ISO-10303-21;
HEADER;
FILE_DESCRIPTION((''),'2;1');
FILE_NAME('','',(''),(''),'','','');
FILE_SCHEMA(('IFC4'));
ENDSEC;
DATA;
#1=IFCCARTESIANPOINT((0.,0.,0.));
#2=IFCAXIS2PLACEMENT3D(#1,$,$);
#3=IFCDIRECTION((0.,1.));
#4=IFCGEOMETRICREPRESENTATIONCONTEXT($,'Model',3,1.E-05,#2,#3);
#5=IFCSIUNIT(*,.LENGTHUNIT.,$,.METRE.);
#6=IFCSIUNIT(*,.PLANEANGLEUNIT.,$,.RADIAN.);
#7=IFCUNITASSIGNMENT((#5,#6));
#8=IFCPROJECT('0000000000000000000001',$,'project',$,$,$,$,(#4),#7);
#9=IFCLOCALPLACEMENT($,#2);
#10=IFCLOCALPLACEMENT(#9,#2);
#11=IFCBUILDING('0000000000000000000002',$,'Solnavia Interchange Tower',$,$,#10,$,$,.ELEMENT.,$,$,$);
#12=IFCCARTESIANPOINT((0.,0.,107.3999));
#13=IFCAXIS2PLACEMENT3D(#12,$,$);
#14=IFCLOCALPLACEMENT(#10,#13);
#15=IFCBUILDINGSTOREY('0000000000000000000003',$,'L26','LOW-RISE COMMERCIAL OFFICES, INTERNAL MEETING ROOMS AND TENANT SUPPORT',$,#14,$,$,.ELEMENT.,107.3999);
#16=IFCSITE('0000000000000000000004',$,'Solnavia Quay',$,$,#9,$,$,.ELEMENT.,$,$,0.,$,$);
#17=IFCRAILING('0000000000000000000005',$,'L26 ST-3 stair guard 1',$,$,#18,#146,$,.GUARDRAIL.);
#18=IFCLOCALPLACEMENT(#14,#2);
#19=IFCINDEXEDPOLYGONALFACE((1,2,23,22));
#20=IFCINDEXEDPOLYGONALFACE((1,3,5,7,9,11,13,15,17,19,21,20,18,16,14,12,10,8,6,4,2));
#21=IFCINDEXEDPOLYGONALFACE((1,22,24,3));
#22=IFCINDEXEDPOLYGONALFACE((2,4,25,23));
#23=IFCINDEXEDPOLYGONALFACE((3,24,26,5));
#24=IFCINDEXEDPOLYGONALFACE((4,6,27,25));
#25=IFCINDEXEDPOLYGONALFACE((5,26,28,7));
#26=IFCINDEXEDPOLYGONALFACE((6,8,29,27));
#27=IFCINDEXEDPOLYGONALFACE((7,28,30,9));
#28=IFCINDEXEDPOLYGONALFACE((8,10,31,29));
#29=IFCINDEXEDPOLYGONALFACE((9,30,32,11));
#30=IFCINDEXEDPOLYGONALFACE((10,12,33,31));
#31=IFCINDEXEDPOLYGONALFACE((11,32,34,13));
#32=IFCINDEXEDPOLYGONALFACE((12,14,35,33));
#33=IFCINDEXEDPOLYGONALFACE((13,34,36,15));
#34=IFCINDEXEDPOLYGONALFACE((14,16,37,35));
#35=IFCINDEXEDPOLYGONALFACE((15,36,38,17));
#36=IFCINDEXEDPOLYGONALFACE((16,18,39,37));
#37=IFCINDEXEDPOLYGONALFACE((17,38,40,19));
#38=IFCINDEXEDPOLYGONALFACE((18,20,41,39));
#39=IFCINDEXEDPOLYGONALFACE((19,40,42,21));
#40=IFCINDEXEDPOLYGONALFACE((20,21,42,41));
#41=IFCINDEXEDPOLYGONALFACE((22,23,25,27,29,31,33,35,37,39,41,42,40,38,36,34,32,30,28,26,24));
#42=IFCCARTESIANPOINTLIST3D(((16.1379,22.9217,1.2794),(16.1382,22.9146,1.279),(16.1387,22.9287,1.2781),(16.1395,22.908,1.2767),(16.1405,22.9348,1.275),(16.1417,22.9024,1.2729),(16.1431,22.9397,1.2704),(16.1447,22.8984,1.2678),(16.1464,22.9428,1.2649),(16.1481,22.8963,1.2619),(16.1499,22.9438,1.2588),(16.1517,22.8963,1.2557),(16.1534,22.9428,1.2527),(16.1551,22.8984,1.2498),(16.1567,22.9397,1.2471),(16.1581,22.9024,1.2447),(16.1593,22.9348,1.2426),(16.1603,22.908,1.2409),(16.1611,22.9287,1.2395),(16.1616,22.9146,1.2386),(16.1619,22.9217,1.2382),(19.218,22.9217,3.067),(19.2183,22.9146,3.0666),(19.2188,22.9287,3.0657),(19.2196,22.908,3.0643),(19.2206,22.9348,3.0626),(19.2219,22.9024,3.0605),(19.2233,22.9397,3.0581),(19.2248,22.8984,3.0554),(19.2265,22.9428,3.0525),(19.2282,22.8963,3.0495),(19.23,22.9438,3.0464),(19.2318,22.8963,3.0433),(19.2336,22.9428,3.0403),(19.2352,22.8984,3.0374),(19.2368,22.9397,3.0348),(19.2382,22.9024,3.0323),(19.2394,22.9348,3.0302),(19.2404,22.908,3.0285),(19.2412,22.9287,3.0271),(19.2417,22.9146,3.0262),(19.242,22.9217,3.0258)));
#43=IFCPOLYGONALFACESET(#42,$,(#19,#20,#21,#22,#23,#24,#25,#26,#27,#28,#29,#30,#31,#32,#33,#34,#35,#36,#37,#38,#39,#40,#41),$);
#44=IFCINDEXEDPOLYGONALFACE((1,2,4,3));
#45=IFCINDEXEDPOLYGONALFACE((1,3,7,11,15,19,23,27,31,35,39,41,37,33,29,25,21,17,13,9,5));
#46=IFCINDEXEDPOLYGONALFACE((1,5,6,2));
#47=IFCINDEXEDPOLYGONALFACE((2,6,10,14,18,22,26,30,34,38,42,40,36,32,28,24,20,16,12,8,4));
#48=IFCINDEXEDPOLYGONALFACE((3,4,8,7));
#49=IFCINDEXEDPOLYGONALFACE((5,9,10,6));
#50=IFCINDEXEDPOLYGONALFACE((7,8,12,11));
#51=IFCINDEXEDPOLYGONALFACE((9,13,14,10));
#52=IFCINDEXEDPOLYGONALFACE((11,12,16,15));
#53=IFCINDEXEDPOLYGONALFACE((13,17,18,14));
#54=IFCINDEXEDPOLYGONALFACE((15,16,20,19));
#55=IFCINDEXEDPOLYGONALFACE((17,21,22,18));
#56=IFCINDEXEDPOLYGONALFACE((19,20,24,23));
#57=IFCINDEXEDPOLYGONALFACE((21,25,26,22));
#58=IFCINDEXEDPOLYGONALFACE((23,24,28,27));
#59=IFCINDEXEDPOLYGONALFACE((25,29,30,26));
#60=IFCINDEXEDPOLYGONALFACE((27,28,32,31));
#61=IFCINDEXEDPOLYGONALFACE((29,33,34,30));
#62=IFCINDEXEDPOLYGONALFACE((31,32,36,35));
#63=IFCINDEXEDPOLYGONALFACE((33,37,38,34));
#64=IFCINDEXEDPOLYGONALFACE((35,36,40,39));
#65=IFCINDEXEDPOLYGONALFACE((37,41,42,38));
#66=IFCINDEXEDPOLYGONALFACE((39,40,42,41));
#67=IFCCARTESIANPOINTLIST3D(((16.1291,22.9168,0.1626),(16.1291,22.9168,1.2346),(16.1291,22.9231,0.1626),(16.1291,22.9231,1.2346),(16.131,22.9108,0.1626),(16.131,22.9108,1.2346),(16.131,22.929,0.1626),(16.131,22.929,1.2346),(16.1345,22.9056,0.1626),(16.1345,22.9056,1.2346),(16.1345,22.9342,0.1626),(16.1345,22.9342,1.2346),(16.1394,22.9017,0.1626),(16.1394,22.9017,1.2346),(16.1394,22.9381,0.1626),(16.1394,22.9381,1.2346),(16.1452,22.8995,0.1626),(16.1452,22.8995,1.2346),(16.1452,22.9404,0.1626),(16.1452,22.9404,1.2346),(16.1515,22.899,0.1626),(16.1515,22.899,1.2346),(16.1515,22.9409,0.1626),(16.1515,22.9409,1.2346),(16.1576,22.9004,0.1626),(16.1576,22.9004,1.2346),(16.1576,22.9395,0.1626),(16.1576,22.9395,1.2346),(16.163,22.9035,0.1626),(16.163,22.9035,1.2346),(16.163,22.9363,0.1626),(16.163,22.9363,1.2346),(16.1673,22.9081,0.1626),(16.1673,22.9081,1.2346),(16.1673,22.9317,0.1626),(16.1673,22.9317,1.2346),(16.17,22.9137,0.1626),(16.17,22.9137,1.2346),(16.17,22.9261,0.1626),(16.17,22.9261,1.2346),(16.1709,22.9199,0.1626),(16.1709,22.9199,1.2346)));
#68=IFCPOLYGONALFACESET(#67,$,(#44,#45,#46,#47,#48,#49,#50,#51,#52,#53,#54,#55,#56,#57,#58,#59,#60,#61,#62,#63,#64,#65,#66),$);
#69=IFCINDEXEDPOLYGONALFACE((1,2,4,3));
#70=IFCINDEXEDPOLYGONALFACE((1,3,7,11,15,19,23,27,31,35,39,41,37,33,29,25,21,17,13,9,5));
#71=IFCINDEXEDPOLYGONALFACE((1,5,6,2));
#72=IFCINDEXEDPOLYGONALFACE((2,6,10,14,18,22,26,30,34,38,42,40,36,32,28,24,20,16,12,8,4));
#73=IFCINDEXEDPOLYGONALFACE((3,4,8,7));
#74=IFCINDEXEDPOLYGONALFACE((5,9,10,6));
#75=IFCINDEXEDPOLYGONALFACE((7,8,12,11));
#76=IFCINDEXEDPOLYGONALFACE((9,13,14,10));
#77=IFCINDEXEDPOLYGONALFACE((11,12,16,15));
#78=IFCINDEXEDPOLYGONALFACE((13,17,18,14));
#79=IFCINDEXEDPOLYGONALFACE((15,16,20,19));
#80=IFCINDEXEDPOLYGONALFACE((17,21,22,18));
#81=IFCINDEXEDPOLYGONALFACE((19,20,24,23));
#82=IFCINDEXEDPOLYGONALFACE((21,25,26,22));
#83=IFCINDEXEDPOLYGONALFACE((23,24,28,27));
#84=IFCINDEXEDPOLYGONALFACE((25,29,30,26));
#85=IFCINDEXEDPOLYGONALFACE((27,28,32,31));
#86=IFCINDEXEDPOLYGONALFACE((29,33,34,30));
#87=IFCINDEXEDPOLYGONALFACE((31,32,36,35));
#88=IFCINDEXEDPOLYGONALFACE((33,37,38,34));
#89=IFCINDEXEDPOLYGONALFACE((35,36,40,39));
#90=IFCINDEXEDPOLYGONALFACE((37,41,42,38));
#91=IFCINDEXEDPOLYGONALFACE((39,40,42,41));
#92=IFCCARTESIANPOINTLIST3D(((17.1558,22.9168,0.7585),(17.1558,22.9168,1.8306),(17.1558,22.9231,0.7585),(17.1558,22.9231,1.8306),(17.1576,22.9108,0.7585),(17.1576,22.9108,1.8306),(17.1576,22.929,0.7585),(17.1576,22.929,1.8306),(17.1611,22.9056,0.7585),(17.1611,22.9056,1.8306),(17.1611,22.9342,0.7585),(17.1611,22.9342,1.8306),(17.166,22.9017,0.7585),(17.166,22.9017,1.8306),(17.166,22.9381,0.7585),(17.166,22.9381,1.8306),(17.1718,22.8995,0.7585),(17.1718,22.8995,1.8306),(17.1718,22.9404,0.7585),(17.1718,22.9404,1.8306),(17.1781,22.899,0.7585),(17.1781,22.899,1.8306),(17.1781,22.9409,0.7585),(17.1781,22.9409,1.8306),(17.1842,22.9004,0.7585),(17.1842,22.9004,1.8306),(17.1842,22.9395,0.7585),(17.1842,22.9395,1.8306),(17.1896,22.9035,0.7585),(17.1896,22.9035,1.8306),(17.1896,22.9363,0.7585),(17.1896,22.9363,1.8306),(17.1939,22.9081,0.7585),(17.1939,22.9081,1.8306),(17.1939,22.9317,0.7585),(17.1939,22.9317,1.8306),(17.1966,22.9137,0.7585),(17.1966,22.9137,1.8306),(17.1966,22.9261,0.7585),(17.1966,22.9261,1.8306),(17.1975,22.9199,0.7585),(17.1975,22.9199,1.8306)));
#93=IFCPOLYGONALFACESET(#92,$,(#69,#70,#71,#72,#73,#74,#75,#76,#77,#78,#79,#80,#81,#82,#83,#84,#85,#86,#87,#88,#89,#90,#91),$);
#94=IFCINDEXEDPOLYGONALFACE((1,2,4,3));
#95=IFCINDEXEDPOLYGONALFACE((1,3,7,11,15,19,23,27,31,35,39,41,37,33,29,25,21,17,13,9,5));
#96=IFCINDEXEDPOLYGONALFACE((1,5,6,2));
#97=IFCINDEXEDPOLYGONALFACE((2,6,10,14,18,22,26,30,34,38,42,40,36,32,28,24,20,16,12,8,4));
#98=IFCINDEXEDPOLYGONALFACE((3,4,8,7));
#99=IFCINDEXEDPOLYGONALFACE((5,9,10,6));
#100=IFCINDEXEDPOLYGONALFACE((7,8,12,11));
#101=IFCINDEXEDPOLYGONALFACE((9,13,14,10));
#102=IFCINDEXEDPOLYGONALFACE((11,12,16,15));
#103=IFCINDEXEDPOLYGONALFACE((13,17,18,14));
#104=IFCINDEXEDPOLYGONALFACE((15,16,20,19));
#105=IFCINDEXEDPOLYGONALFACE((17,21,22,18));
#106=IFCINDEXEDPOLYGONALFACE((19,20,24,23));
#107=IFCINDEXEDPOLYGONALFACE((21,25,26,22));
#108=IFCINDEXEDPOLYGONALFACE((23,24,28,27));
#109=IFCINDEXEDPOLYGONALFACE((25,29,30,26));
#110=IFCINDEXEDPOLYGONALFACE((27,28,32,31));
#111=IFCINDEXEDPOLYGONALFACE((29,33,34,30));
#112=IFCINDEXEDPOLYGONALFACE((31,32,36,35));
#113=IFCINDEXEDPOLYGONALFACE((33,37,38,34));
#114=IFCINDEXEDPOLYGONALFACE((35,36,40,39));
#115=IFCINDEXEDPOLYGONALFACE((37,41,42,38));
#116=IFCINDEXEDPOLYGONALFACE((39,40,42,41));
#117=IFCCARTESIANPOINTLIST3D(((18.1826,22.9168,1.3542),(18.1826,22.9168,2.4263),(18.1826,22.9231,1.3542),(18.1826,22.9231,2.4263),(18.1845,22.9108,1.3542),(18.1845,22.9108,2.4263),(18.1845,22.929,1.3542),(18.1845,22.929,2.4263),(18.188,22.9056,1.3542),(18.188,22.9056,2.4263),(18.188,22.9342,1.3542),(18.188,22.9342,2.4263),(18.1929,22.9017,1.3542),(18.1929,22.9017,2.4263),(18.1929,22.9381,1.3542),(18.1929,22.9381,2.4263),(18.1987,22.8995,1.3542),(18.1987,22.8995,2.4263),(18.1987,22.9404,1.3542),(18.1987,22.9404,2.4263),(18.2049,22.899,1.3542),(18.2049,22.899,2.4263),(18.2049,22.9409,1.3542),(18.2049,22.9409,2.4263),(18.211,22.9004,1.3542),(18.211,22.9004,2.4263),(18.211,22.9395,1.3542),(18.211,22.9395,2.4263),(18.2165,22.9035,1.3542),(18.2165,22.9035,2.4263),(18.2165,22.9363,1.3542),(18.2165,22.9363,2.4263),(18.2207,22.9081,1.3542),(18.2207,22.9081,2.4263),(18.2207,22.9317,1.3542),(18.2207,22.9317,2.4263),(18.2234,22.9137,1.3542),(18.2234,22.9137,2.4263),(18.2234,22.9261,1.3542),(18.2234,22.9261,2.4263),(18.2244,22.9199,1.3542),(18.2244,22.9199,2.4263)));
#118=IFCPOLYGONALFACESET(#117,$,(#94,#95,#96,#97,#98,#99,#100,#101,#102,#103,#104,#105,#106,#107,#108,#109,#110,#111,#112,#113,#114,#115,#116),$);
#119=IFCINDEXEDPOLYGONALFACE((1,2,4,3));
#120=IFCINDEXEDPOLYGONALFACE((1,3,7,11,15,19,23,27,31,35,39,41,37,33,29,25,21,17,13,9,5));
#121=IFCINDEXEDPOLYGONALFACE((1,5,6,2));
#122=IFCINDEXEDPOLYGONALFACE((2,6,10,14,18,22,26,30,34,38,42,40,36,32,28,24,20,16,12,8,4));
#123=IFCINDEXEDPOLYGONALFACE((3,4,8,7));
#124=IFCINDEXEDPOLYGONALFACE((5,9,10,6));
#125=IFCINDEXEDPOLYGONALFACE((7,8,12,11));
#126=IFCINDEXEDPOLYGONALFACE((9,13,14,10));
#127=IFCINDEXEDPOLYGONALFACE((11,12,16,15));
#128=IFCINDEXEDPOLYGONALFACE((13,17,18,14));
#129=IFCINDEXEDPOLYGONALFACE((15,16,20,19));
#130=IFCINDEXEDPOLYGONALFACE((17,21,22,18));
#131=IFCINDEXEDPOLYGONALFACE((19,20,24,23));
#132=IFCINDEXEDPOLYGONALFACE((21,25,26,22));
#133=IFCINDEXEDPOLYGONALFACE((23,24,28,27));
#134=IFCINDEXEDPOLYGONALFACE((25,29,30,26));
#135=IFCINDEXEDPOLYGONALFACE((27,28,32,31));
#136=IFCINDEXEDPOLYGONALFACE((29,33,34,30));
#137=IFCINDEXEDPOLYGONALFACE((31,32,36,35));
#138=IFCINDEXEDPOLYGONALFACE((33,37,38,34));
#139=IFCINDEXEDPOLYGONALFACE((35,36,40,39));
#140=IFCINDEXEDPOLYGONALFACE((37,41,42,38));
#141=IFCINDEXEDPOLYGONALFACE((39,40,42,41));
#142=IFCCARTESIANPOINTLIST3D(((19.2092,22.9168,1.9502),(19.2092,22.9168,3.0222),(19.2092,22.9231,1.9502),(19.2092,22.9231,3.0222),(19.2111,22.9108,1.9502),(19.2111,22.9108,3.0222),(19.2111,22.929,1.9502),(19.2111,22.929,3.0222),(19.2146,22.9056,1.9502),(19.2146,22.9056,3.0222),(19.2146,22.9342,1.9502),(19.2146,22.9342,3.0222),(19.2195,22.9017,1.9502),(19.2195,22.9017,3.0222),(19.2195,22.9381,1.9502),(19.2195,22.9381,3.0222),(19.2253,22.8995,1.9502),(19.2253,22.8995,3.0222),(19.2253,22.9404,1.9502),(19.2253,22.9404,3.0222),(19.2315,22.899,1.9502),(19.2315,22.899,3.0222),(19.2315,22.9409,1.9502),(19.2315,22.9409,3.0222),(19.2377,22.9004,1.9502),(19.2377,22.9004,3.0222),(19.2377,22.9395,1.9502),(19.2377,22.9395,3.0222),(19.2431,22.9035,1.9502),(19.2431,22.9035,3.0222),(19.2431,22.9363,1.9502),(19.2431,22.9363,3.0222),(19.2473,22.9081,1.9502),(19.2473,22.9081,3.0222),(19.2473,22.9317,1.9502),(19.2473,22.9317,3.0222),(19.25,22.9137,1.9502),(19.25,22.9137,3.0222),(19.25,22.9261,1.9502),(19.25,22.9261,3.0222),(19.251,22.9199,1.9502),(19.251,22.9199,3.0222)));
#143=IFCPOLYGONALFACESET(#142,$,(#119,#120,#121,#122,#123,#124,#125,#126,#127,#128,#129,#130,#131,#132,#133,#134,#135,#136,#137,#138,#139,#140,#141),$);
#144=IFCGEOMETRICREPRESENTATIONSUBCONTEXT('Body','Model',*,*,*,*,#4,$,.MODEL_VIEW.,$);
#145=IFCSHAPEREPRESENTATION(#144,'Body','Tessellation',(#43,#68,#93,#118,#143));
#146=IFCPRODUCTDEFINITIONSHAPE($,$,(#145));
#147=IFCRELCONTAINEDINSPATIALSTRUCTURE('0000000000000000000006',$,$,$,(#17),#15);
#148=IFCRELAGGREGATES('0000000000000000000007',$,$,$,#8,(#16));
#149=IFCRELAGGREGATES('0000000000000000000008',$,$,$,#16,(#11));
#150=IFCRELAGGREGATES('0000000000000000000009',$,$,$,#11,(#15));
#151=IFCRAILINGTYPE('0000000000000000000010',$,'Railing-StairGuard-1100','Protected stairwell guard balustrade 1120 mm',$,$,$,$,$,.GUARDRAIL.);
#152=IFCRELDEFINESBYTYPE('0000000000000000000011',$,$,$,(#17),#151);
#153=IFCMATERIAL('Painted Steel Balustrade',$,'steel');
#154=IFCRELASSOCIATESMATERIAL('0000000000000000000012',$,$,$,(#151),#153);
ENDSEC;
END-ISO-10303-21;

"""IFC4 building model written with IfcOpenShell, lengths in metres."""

from ifc_helpers import new_model, si_unit, direction, frame, origin, origin_2d, place, context, subcontext, project, spatial, circle, extrude, material, type_object, element, save


model = new_model("IFC4")

# Units and contexts
model_context = context("Model", 3, precision=1e-05, world=origin(), true_north=direction((0.0, 1.0)))
body_context = subcontext(model_context, "Body", "Model", "MODEL_VIEW")
ifc_project = project(units=[si_unit("LENGTHUNIT", "METRE"), si_unit("PLANEANGLEUNIT", "RADIAN")], contexts=[model_context])

# Site, building, storey
site_placement = place(None, origin())
site = spatial("IfcSite", under=ifc_project, at=site_placement, Name="Solnavia Quay", CompositionType="ELEMENT", RefElevation=0.0)
building_placement = place(site_placement, origin())
building = spatial("IfcBuilding", under=site, at=building_placement, Name="Solnavia Interchange Tower", CompositionType="ELEMENT")
storey_placement = place(building_placement, frame((0.0, 0.0, 107.3999)))
storey = spatial("IfcBuildingStorey", under=building, at=storey_placement, Name="L26", Description="LOW-RISE COMMERCIAL OFFICES, INTERNAL MEETING ROOMS AND TENANT SUPPORT", CompositionType="ELEMENT", Elevation=107.3999)

# Railing
ifc_material_1 = material(Name="Painted Steel Balustrade", Category="steel")
railing_type_1 = type_object("IfcRailingType", Name="Railing-StairGuard-1100", Description="Protected stairwell guard balustrade 1120 mm", PredefinedType="GUARDRAIL", material=ifc_material_1)
railing_1_placement = place(storey_placement, frame((16.1499, 22.9199, 0.1626)))
element("IfcRailing", 1, at=railing_1_placement, inside=storey, type_object=railing_type_1, Name="L26 ST-3 stair guard 1", PredefinedType="GUARDRAIL", context=body_context, shape_type="SweptSolid", body=[
    extrude(circle(Radius=0.0239, at=origin_2d()), frame((0.0, 0.0, 1.0962), z_axis=(0.864891, 0.0, 0.50196), x_axis=(0.0, 1.0, 0.0)), (0.0, 0.0, 1.0), 3.5613),
    extrude(circle(Radius=0.021, at=origin_2d()), origin(), (0.0, 0.0, 1.0), 1.072),
    extrude(circle(Radius=0.021, at=origin_2d()), frame((1.0266, 0.0, 0.5959)), (0.0, 0.0, 1.0), 1.072),
    extrude(circle(Radius=0.021, at=origin_2d()), frame((2.0535, 0.0, 1.1917)), (0.0, 0.0, 1.0), 1.072),
    extrude(circle(Radius=0.021, at=origin_2d()), frame((3.0801, 0.0, 1.7876)), (0.0, 0.0, 1.0), 1.072),
])

save(model, "model.ifc")
